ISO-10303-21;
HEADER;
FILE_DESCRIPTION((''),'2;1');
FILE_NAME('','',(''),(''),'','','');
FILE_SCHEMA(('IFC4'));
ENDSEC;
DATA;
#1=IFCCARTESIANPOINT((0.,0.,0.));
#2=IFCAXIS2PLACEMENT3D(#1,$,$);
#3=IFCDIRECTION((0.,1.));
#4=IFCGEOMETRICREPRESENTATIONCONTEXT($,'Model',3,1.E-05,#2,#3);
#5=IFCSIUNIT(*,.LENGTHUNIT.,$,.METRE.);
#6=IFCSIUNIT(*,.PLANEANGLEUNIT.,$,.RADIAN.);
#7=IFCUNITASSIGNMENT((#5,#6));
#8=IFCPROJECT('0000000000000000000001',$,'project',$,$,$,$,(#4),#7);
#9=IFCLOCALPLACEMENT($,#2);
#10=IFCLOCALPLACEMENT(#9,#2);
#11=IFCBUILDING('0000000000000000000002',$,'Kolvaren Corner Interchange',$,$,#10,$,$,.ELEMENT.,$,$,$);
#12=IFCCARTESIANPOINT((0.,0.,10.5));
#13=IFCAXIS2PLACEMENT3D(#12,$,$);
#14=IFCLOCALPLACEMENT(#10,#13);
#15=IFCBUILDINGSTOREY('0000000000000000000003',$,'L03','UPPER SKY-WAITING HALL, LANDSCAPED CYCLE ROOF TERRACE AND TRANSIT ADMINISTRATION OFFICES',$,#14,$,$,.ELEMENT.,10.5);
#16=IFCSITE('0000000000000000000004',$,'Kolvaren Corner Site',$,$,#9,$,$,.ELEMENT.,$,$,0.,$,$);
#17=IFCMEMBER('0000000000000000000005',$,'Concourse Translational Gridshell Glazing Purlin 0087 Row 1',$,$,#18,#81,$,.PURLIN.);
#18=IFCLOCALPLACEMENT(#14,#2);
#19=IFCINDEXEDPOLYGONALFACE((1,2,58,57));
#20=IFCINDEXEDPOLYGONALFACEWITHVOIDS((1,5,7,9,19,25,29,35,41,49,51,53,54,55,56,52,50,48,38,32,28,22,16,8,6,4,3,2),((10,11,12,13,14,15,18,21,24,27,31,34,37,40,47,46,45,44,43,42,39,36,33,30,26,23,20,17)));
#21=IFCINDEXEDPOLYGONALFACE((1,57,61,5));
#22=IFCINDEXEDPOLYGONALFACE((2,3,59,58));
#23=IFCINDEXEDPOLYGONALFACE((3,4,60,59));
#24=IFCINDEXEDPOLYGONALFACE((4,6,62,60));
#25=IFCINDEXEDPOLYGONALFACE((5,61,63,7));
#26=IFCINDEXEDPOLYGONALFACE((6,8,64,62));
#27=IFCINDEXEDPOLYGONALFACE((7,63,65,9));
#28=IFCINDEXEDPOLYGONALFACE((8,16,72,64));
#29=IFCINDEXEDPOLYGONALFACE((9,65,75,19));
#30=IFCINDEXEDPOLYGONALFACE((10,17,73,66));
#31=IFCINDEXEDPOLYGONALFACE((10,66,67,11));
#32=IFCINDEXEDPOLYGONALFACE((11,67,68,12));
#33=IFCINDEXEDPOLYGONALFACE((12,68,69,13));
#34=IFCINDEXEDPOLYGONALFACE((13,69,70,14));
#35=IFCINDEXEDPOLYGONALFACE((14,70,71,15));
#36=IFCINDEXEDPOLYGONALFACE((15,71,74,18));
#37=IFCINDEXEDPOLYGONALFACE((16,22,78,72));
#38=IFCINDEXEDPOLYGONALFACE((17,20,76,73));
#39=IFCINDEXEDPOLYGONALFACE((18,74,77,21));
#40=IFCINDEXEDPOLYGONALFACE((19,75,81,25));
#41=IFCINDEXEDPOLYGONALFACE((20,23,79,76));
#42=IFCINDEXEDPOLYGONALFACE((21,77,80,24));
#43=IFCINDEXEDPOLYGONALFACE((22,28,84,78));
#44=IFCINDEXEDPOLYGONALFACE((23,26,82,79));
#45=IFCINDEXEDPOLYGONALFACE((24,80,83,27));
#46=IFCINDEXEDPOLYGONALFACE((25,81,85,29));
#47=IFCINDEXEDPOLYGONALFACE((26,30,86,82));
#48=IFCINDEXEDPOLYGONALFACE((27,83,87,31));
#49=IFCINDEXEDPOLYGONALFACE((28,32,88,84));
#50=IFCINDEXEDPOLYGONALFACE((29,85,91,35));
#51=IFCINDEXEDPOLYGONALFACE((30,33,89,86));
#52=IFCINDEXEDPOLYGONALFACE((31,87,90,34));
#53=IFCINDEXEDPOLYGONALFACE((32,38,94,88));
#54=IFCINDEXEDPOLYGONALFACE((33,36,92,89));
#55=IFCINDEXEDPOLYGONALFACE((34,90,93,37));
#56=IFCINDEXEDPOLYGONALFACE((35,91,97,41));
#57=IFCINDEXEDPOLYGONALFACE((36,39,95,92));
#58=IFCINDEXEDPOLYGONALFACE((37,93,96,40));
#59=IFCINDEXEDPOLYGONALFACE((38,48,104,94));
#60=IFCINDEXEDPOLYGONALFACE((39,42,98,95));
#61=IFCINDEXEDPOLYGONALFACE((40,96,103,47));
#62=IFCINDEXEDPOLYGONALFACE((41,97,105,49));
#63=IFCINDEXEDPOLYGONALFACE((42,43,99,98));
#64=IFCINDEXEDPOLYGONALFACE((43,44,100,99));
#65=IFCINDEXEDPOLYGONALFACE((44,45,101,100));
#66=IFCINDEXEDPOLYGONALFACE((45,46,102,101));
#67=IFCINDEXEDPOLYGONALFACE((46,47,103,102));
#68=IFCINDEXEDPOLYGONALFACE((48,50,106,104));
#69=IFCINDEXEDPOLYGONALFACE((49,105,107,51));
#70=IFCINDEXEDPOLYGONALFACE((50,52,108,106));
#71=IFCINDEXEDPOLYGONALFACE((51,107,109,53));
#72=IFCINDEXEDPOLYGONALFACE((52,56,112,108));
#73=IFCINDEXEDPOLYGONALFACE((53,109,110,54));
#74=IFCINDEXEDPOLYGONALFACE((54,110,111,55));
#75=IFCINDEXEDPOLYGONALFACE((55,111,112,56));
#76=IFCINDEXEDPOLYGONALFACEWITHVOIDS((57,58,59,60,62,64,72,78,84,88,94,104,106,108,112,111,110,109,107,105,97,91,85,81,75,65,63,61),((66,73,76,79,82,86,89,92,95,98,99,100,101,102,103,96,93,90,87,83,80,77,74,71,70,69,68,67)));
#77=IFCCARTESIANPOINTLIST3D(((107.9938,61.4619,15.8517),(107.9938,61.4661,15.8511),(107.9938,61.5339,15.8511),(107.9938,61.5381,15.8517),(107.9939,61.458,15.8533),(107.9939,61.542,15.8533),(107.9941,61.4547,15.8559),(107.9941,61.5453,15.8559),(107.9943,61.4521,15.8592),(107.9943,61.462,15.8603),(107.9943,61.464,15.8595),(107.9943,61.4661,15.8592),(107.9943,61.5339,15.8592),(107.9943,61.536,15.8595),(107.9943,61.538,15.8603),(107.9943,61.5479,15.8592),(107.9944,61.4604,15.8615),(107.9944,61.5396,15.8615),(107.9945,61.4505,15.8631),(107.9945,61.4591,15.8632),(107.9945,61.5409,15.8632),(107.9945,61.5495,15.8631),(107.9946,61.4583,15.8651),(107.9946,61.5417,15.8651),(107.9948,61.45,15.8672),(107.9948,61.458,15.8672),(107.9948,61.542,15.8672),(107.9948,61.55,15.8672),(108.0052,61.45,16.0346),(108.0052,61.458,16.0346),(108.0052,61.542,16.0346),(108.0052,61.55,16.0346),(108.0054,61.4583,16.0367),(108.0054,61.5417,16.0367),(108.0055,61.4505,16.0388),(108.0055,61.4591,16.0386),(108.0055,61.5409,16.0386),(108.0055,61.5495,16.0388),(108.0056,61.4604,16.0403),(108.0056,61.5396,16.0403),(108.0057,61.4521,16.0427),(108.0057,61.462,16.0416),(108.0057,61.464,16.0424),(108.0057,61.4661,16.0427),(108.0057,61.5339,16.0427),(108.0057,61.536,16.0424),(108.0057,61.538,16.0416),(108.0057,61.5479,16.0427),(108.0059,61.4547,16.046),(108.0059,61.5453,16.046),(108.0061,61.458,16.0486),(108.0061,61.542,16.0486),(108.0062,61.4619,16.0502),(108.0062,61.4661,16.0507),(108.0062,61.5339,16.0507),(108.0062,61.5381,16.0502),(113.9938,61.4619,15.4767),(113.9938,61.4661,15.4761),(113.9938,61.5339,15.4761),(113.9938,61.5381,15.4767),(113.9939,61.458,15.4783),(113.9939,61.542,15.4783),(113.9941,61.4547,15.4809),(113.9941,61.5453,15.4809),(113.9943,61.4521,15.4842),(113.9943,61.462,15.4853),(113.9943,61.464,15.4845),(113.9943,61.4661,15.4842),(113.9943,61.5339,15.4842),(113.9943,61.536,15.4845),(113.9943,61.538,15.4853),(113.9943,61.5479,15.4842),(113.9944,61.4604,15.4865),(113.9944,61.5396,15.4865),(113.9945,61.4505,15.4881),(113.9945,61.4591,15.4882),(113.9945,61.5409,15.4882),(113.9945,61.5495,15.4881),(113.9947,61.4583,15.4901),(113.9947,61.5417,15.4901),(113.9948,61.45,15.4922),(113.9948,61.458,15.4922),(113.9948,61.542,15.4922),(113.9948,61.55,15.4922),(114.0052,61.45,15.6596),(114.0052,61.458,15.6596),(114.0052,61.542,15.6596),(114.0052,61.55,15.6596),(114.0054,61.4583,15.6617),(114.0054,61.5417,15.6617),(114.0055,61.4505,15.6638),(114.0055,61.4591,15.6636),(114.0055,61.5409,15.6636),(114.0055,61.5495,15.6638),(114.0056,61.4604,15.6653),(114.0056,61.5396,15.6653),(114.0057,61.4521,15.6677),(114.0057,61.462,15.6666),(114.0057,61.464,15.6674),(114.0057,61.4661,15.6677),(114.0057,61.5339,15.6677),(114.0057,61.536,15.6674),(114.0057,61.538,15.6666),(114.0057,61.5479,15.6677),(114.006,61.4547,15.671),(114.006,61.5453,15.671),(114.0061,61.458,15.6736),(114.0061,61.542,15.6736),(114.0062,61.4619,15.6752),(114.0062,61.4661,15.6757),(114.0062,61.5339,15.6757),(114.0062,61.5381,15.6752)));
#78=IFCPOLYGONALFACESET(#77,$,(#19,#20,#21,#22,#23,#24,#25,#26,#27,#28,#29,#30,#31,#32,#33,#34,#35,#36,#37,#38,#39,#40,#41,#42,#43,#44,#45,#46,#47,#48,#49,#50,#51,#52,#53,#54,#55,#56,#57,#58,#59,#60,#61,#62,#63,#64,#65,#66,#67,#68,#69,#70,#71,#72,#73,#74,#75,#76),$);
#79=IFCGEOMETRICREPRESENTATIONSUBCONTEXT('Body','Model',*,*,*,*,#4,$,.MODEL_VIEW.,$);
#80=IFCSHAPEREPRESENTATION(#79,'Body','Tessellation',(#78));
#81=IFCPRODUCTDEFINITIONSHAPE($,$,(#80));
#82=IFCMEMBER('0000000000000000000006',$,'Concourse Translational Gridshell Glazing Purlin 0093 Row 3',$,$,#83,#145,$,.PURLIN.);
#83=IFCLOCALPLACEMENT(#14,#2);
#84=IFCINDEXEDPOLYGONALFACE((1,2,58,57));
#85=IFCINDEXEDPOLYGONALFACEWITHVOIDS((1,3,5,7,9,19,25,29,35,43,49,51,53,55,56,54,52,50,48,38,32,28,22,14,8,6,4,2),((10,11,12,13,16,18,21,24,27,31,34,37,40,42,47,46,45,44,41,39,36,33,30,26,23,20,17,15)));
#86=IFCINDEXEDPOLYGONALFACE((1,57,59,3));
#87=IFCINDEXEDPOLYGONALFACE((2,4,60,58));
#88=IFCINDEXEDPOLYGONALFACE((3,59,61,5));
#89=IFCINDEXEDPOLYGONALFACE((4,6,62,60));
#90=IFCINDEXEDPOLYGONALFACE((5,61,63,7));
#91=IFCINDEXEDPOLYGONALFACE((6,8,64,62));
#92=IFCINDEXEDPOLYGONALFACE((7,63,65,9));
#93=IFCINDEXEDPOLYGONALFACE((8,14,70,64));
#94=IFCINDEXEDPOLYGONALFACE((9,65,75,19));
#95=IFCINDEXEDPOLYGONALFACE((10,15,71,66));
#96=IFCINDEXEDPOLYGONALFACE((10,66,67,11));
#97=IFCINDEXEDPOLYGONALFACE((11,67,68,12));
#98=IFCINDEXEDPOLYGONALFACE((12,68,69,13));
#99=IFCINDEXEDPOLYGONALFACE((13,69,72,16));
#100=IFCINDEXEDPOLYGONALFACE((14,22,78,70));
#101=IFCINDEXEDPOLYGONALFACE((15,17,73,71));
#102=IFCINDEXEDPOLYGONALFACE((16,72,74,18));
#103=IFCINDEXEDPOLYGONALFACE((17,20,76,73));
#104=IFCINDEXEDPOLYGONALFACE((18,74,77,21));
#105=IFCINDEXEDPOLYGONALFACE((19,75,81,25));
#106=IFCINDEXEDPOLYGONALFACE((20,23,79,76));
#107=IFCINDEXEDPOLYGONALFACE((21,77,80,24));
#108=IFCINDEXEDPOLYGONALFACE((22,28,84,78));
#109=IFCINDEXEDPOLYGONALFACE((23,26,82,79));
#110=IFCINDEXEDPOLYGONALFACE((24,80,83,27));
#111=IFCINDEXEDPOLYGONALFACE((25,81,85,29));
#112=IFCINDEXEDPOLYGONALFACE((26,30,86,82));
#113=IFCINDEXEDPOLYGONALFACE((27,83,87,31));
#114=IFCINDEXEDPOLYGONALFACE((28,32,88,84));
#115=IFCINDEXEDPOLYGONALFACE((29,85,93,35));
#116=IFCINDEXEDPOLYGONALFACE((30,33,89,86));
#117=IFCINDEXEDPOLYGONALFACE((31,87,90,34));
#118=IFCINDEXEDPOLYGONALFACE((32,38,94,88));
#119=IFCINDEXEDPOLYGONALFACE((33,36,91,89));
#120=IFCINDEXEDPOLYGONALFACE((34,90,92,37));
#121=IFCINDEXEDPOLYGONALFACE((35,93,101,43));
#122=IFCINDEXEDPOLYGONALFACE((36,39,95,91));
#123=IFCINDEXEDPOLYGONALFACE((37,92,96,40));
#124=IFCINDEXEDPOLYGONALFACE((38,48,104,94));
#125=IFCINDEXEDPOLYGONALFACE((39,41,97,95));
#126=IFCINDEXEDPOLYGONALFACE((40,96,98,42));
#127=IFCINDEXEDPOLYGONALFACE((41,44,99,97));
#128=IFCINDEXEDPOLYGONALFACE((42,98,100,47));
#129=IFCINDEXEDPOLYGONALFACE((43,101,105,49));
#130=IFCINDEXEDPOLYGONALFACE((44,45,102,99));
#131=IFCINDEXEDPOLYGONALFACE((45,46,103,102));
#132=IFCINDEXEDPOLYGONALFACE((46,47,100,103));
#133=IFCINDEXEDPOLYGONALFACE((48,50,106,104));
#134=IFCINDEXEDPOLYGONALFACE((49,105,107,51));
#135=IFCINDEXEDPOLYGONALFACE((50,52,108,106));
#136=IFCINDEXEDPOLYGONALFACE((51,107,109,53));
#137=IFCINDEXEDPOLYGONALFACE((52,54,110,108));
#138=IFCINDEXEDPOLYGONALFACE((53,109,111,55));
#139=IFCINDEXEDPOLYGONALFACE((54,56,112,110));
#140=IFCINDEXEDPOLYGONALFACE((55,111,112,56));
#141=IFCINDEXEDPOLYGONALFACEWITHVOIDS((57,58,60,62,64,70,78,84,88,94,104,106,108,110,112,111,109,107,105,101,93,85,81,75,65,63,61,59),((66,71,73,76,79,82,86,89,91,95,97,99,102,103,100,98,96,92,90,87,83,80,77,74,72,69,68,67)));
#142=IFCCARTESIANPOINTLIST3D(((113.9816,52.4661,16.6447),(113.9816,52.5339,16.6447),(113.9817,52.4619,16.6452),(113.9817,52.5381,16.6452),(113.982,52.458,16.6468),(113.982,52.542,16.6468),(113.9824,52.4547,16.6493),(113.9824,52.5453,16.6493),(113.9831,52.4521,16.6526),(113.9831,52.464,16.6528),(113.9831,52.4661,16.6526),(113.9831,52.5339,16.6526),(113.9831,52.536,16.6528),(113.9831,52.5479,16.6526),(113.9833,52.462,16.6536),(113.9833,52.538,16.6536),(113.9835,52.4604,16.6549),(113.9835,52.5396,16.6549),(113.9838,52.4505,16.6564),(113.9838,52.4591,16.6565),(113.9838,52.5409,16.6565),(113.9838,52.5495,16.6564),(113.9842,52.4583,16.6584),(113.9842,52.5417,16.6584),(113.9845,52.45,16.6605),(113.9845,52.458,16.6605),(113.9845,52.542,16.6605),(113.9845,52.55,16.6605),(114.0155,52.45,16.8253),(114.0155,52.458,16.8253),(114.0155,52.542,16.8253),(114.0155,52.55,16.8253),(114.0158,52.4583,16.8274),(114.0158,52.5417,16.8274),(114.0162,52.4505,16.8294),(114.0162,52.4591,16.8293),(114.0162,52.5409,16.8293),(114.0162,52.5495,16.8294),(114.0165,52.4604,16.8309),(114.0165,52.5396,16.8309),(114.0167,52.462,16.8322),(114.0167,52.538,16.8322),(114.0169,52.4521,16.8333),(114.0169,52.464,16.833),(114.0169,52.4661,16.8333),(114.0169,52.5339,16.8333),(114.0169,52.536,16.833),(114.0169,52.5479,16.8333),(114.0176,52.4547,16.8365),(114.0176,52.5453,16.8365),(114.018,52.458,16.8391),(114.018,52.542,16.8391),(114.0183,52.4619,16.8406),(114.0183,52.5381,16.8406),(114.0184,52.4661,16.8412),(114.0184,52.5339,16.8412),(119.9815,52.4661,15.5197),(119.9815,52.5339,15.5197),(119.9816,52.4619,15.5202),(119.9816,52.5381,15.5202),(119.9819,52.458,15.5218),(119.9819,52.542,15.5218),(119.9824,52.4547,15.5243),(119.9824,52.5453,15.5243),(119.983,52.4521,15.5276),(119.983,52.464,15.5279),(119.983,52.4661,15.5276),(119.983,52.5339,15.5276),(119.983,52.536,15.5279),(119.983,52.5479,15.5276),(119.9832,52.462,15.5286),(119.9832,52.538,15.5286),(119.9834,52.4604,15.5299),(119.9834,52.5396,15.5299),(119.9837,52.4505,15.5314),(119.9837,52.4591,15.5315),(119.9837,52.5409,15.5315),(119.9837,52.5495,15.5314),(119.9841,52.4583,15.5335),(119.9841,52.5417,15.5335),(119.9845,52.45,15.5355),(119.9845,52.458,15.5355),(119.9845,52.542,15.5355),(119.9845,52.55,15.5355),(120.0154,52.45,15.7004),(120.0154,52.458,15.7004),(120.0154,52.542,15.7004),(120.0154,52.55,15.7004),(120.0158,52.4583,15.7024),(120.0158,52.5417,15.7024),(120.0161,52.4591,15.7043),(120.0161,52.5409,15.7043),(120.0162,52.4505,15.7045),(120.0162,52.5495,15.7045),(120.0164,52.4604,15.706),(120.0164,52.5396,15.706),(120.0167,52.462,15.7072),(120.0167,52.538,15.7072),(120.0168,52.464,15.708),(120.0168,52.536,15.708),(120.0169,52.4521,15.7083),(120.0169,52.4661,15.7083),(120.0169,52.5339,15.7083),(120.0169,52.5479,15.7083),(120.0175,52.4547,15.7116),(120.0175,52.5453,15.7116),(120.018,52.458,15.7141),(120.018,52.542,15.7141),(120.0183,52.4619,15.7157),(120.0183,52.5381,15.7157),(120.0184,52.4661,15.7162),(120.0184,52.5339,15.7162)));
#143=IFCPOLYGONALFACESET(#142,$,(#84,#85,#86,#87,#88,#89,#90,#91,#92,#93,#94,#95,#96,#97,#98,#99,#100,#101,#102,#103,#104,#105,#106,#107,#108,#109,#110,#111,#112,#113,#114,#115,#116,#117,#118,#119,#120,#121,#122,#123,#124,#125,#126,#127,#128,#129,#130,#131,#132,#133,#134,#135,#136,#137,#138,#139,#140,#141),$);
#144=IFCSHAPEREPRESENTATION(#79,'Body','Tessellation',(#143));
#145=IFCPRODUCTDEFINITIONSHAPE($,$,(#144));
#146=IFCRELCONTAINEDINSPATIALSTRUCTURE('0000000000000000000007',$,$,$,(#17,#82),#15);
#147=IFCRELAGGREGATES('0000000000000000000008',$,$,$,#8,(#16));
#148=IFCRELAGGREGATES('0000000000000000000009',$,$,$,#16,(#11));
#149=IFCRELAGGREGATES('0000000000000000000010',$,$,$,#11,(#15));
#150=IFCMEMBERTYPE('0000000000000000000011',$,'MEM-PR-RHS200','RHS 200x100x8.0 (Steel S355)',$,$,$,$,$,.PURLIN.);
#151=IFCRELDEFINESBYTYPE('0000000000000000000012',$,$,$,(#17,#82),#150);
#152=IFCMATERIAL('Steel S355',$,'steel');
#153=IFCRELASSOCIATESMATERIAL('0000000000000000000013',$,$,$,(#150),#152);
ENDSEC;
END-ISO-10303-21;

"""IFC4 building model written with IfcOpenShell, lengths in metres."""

from ifc_helpers import new_model, si_unit, direction, frame, origin, origin_2d, place, context, subcontext, project, spatial, hollow_rectangle, extrude, material, material_profile, profile_set, type_object, element, save


model = new_model("IFC4")

# Units and contexts
model_context = context("Model", 3, precision=1e-05, world=origin(), true_north=direction((0.0, 1.0)))
body_context = subcontext(model_context, "Body", "Model", "MODEL_VIEW")
ifc_project = project(units=[si_unit("LENGTHUNIT", "METRE"), si_unit("PLANEANGLEUNIT", "RADIAN")], contexts=[model_context])

# Site, building, storey
site_placement = place(None, origin())
site = spatial("IfcSite", under=ifc_project, at=site_placement, Name="Kolvaren Corner Site", CompositionType="ELEMENT", RefElevation=0.0)
building_placement = place(site_placement, origin())
building = spatial("IfcBuilding", under=site, at=building_placement, Name="Kolvaren Corner Interchange", CompositionType="ELEMENT")
storey_placement = place(building_placement, frame((0.0, 0.0, 10.5)))
storey = spatial("IfcBuildingStorey", under=building, at=storey_placement, Name="L03", Description="UPPER SKY-WAITING HALL, LANDSCAPED CYCLE ROOF TERRACE AND TRANSIT ADMINISTRATION OFFICES", CompositionType="ELEMENT", Elevation=10.5)

# Members
ifc_material_1 = material(Name="Steel S355", Category="steel")
ifc_material_profile_1 = material_profile(ifc_material_1, hollow_rectangle(XDim=0.1001, YDim=0.2, WallThickness=0.0081, InnerFilletRadius=0.0081, OuterFilletRadius=0.0161, at=origin_2d()), Name="RHS 200x100x8.0")
ifc_profile_set_1 = profile_set([ifc_material_profile_1], Name="Steel S355")
member_type_1 = type_object("IfcMemberType", Name="MEM-PR-RHS200", Description="RHS 200x100x8.0 (Steel S355)", PredefinedType="PURLIN", material=ifc_profile_set_1)
member_1_placement = place(storey_placement, frame((108.0, 61.5, 15.9509), z_axis=(0.998053, 0.0, -0.062378), x_axis=(0.0, 1.0, 0.0)))
element("IfcMember", 1, at=member_1_placement, inside=storey, type_object=member_type_1, Name="Concourse Translational Gridshell Glazing Purlin 0087 Row 1", PredefinedType="PURLIN", context=body_context, shape_type="SweptSolid", body=[
    extrude(hollow_rectangle(XDim=0.1001, YDim=0.2, WallThickness=0.0081, InnerFilletRadius=0.0081, OuterFilletRadius=0.0161, at=origin_2d()), origin(), (0.0, 0.0, 1.0), 6.0117),
])
for number, where, z_axis, x_axis, name in (
    (2, (114.0, 52.5, 16.7429), (0.982872, 0.0, -0.184289), (0.0, 1.0, 0.0), "Concourse Translational Gridshell Glazing Purlin 0093 Row 3"),
):
    element("IfcMember", number, at=place(storey_placement, frame(where, z_axis=z_axis, x_axis=x_axis)), inside=storey, type_object=member_type_1, Name=name, PredefinedType="PURLIN", context=body_context, shape_type="SweptSolid", body=[
        extrude(hollow_rectangle(XDim=0.1001, YDim=0.2, WallThickness=0.0081, InnerFilletRadius=0.0081, OuterFilletRadius=0.0161, at=origin_2d()), origin(), (0.0, 0.0, 1.0), 6.1045),
    ])

save(model, "model.ifc")
